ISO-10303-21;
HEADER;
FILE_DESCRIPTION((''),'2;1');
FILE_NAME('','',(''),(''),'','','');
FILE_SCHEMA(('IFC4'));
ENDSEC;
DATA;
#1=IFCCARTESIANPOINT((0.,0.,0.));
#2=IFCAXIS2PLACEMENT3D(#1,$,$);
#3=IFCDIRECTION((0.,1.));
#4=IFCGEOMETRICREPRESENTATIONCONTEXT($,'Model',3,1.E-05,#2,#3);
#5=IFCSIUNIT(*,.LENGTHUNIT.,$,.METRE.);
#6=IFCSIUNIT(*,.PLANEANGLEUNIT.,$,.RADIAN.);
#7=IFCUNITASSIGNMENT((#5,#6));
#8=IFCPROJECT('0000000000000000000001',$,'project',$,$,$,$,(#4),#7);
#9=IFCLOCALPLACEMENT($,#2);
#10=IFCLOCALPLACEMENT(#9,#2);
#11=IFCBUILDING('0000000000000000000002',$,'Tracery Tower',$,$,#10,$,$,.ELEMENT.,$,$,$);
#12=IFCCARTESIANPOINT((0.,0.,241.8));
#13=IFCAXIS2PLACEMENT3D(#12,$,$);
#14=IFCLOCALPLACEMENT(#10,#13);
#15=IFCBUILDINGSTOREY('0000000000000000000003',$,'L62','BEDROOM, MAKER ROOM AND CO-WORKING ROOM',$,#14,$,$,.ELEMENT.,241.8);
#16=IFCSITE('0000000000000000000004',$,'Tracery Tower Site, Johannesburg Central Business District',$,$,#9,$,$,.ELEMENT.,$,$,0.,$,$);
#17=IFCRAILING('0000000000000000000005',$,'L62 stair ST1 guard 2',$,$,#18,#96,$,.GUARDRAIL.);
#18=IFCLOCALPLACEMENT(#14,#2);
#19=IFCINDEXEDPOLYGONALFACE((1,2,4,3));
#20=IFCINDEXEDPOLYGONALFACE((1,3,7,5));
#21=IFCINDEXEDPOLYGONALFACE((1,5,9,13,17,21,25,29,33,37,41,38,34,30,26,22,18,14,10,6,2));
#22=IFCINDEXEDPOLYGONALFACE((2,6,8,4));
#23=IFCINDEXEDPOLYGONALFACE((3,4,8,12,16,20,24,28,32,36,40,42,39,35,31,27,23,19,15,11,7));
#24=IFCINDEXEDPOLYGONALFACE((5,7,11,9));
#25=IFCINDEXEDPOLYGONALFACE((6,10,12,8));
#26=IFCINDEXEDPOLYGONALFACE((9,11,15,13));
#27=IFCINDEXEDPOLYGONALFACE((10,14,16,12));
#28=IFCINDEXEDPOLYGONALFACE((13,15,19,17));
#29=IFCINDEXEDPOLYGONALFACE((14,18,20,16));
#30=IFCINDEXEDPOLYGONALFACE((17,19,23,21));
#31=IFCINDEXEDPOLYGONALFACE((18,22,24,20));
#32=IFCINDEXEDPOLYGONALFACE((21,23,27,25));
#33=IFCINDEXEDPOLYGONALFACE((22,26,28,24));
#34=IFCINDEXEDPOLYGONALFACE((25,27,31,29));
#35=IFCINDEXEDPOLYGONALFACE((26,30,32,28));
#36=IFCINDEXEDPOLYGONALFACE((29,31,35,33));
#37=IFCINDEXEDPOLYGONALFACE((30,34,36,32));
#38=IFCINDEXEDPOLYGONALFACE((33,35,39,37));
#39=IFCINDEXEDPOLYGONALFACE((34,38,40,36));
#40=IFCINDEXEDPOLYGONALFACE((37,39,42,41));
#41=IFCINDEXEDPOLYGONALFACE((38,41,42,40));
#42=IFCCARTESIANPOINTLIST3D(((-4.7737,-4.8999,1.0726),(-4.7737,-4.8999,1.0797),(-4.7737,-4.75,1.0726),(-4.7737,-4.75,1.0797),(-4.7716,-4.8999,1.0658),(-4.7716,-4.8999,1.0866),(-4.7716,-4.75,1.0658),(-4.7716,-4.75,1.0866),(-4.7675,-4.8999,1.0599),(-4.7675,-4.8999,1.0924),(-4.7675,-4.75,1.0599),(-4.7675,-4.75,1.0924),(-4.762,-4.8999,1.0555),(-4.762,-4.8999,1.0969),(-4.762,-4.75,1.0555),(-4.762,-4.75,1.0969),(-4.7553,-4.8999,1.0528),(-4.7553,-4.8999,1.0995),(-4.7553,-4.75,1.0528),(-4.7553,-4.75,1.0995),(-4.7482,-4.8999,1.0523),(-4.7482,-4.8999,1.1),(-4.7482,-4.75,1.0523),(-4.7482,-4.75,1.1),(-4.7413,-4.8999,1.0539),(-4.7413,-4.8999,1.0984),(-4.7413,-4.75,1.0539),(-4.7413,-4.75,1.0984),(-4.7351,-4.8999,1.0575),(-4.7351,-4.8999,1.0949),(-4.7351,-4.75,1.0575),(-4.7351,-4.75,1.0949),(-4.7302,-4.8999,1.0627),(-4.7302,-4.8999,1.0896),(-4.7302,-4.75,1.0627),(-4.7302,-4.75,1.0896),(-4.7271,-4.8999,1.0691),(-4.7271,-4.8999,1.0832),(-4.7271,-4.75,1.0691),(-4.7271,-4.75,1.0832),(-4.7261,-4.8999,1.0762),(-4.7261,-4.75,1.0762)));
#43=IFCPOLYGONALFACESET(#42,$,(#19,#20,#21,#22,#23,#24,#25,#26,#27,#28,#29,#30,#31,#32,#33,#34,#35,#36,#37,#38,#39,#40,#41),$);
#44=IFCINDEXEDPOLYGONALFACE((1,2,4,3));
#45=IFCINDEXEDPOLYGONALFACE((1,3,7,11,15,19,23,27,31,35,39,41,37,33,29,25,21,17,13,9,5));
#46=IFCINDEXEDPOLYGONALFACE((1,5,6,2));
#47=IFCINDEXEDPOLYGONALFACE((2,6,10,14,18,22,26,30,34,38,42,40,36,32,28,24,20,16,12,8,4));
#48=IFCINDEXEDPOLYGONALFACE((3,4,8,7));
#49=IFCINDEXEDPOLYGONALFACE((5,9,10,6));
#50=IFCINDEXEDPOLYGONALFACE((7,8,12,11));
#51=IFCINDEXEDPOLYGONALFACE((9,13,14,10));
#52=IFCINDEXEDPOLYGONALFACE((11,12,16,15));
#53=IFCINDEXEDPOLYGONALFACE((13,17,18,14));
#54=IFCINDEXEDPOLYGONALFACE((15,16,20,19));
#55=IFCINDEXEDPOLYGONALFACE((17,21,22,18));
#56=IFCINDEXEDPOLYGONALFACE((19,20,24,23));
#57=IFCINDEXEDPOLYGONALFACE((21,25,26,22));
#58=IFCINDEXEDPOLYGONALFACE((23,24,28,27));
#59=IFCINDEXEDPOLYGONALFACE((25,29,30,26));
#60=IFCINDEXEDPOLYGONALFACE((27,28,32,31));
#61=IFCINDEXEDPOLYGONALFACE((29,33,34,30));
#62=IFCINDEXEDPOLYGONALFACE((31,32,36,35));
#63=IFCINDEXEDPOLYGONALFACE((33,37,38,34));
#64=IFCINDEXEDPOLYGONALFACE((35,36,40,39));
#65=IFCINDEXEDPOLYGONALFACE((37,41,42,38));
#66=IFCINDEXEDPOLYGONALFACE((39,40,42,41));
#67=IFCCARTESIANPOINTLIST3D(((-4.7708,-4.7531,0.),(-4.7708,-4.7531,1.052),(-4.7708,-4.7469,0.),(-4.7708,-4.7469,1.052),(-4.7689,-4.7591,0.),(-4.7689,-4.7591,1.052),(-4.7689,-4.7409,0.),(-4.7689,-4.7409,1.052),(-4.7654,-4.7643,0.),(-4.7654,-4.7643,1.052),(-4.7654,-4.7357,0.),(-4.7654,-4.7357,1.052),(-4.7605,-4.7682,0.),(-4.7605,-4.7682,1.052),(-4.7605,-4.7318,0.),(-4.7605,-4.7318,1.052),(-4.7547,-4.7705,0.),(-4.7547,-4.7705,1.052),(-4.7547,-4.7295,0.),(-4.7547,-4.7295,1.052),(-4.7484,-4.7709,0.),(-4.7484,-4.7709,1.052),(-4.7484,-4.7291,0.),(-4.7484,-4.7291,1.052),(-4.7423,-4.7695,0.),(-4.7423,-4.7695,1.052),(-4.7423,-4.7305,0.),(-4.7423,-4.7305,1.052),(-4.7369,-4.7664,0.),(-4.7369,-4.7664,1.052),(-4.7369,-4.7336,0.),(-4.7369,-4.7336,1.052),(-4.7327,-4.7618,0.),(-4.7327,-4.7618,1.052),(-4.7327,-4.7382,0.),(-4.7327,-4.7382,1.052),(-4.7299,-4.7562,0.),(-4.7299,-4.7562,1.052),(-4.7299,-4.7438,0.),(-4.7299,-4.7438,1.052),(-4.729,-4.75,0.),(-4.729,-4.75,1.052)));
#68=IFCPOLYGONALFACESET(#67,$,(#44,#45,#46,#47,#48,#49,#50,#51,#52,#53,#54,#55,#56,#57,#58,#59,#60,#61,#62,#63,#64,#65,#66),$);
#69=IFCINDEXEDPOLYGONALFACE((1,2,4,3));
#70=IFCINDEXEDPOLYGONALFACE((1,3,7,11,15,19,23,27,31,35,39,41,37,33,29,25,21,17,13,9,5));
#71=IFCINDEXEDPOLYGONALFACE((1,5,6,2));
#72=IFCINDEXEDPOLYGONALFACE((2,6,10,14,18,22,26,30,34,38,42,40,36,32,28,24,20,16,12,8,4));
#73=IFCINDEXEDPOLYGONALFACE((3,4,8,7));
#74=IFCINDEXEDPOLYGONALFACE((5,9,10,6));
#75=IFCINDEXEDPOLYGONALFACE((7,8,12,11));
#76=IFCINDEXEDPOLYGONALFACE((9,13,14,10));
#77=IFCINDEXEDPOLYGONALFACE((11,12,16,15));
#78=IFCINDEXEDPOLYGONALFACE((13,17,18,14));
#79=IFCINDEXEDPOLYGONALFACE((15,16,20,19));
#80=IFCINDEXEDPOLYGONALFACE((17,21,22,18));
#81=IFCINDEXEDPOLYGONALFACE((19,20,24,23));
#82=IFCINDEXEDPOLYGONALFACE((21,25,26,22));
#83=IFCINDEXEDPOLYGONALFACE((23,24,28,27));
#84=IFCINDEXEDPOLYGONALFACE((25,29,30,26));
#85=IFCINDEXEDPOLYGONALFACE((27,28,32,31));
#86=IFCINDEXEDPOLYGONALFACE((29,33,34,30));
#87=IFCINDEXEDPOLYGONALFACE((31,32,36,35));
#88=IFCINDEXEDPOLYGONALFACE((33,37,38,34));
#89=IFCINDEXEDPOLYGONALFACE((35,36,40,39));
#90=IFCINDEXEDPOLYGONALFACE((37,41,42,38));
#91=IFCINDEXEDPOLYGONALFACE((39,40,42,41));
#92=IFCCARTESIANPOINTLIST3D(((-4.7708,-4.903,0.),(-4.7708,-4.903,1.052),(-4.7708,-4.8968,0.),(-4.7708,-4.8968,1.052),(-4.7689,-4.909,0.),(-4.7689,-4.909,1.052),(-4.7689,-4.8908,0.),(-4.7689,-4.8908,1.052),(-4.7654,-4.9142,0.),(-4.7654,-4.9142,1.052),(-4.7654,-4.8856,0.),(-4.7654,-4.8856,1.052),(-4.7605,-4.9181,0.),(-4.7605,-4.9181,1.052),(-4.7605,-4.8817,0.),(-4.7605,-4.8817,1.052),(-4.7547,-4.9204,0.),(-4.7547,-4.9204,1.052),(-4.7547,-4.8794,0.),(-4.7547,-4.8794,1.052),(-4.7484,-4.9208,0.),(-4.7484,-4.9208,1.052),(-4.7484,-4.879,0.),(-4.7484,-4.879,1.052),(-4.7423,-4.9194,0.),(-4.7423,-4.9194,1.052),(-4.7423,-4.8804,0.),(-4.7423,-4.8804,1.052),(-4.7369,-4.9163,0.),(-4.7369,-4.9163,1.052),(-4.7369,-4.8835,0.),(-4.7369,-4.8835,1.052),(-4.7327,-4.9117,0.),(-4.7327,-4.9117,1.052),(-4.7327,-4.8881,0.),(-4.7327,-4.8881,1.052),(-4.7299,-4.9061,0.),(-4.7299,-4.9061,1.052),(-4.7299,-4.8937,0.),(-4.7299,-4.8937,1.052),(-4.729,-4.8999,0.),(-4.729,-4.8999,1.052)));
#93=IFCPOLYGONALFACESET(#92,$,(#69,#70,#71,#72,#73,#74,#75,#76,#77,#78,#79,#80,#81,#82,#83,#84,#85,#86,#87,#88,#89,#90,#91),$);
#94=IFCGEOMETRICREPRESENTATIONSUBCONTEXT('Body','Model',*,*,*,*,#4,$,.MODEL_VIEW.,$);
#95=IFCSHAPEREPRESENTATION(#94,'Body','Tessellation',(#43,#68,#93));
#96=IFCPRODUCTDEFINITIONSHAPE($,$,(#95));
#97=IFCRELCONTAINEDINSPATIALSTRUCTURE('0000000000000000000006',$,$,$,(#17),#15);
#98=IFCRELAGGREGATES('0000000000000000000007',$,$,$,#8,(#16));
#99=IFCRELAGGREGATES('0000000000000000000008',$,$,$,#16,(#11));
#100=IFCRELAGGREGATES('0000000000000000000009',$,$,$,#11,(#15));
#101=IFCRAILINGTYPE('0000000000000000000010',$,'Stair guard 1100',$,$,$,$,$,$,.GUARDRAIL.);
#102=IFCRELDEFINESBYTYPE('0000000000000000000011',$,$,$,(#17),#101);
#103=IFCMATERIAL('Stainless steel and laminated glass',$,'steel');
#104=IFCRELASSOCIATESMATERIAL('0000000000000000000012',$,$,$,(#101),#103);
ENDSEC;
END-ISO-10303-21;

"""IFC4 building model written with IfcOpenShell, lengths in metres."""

from ifc_helpers import new_model, si_unit, direction, frame, origin, origin_2d, place, context, subcontext, project, spatial, circle, extrude, material, type_object, element, save


model = new_model("IFC4")

# Units and contexts
model_context = context("Model", 3, precision=1e-05, world=origin(), true_north=direction((0.0, 1.0)))
body_context = subcontext(model_context, "Body", "Model", "MODEL_VIEW")
ifc_project = project(units=[si_unit("LENGTHUNIT", "METRE"), si_unit("PLANEANGLEUNIT", "RADIAN")], contexts=[model_context])

# Site, building, storey
site_placement = place(None, origin())
site = spatial("IfcSite", under=ifc_project, at=site_placement, Name="Tracery Tower Site, Johannesburg Central Business District", CompositionType="ELEMENT", RefElevation=0.0)
building_placement = place(site_placement, origin())
building = spatial("IfcBuilding", under=site, at=building_placement, Name="Tracery Tower", CompositionType="ELEMENT")
storey_placement = place(building_placement, frame((0.0, 0.0, 241.8)))
storey = spatial("IfcBuildingStorey", under=building, at=storey_placement, Name="L62", Description="BEDROOM, MAKER ROOM AND CO-WORKING ROOM", CompositionType="ELEMENT", Elevation=241.8)

# Railing
ifc_material_1 = material(Name="Stainless steel and laminated glass", Category="steel")
railing_type_1 = type_object("IfcRailingType", Name="Stair guard 1100", PredefinedType="GUARDRAIL", material=ifc_material_1)
railing_1_placement = place(storey_placement, frame((-4.75, -4.75, 0.0)))
element("IfcRailing", 1, at=railing_1_placement, inside=storey, type_object=railing_type_1, Name="L62 stair ST1 guard 2", PredefinedType="GUARDRAIL", context=body_context, shape_type="SweptSolid", body=[
    extrude(circle(Radius=0.0239, at=origin_2d()), frame((0.0, 0.0, 1.0762), z_axis=(0.0, -1.0, 0.0), x_axis=(1.0, 0.0, 0.0)), (0.0, 0.0, 1.0), 0.1499),
    extrude(circle(Radius=0.021, at=origin_2d()), origin(), (0.0, 0.0, 1.0), 1.052),
    extrude(circle(Radius=0.021, at=origin_2d()), frame((0.0, -0.1499, 0.0)), (0.0, 0.0, 1.0), 1.052),
])

save(model, "model.ifc")
